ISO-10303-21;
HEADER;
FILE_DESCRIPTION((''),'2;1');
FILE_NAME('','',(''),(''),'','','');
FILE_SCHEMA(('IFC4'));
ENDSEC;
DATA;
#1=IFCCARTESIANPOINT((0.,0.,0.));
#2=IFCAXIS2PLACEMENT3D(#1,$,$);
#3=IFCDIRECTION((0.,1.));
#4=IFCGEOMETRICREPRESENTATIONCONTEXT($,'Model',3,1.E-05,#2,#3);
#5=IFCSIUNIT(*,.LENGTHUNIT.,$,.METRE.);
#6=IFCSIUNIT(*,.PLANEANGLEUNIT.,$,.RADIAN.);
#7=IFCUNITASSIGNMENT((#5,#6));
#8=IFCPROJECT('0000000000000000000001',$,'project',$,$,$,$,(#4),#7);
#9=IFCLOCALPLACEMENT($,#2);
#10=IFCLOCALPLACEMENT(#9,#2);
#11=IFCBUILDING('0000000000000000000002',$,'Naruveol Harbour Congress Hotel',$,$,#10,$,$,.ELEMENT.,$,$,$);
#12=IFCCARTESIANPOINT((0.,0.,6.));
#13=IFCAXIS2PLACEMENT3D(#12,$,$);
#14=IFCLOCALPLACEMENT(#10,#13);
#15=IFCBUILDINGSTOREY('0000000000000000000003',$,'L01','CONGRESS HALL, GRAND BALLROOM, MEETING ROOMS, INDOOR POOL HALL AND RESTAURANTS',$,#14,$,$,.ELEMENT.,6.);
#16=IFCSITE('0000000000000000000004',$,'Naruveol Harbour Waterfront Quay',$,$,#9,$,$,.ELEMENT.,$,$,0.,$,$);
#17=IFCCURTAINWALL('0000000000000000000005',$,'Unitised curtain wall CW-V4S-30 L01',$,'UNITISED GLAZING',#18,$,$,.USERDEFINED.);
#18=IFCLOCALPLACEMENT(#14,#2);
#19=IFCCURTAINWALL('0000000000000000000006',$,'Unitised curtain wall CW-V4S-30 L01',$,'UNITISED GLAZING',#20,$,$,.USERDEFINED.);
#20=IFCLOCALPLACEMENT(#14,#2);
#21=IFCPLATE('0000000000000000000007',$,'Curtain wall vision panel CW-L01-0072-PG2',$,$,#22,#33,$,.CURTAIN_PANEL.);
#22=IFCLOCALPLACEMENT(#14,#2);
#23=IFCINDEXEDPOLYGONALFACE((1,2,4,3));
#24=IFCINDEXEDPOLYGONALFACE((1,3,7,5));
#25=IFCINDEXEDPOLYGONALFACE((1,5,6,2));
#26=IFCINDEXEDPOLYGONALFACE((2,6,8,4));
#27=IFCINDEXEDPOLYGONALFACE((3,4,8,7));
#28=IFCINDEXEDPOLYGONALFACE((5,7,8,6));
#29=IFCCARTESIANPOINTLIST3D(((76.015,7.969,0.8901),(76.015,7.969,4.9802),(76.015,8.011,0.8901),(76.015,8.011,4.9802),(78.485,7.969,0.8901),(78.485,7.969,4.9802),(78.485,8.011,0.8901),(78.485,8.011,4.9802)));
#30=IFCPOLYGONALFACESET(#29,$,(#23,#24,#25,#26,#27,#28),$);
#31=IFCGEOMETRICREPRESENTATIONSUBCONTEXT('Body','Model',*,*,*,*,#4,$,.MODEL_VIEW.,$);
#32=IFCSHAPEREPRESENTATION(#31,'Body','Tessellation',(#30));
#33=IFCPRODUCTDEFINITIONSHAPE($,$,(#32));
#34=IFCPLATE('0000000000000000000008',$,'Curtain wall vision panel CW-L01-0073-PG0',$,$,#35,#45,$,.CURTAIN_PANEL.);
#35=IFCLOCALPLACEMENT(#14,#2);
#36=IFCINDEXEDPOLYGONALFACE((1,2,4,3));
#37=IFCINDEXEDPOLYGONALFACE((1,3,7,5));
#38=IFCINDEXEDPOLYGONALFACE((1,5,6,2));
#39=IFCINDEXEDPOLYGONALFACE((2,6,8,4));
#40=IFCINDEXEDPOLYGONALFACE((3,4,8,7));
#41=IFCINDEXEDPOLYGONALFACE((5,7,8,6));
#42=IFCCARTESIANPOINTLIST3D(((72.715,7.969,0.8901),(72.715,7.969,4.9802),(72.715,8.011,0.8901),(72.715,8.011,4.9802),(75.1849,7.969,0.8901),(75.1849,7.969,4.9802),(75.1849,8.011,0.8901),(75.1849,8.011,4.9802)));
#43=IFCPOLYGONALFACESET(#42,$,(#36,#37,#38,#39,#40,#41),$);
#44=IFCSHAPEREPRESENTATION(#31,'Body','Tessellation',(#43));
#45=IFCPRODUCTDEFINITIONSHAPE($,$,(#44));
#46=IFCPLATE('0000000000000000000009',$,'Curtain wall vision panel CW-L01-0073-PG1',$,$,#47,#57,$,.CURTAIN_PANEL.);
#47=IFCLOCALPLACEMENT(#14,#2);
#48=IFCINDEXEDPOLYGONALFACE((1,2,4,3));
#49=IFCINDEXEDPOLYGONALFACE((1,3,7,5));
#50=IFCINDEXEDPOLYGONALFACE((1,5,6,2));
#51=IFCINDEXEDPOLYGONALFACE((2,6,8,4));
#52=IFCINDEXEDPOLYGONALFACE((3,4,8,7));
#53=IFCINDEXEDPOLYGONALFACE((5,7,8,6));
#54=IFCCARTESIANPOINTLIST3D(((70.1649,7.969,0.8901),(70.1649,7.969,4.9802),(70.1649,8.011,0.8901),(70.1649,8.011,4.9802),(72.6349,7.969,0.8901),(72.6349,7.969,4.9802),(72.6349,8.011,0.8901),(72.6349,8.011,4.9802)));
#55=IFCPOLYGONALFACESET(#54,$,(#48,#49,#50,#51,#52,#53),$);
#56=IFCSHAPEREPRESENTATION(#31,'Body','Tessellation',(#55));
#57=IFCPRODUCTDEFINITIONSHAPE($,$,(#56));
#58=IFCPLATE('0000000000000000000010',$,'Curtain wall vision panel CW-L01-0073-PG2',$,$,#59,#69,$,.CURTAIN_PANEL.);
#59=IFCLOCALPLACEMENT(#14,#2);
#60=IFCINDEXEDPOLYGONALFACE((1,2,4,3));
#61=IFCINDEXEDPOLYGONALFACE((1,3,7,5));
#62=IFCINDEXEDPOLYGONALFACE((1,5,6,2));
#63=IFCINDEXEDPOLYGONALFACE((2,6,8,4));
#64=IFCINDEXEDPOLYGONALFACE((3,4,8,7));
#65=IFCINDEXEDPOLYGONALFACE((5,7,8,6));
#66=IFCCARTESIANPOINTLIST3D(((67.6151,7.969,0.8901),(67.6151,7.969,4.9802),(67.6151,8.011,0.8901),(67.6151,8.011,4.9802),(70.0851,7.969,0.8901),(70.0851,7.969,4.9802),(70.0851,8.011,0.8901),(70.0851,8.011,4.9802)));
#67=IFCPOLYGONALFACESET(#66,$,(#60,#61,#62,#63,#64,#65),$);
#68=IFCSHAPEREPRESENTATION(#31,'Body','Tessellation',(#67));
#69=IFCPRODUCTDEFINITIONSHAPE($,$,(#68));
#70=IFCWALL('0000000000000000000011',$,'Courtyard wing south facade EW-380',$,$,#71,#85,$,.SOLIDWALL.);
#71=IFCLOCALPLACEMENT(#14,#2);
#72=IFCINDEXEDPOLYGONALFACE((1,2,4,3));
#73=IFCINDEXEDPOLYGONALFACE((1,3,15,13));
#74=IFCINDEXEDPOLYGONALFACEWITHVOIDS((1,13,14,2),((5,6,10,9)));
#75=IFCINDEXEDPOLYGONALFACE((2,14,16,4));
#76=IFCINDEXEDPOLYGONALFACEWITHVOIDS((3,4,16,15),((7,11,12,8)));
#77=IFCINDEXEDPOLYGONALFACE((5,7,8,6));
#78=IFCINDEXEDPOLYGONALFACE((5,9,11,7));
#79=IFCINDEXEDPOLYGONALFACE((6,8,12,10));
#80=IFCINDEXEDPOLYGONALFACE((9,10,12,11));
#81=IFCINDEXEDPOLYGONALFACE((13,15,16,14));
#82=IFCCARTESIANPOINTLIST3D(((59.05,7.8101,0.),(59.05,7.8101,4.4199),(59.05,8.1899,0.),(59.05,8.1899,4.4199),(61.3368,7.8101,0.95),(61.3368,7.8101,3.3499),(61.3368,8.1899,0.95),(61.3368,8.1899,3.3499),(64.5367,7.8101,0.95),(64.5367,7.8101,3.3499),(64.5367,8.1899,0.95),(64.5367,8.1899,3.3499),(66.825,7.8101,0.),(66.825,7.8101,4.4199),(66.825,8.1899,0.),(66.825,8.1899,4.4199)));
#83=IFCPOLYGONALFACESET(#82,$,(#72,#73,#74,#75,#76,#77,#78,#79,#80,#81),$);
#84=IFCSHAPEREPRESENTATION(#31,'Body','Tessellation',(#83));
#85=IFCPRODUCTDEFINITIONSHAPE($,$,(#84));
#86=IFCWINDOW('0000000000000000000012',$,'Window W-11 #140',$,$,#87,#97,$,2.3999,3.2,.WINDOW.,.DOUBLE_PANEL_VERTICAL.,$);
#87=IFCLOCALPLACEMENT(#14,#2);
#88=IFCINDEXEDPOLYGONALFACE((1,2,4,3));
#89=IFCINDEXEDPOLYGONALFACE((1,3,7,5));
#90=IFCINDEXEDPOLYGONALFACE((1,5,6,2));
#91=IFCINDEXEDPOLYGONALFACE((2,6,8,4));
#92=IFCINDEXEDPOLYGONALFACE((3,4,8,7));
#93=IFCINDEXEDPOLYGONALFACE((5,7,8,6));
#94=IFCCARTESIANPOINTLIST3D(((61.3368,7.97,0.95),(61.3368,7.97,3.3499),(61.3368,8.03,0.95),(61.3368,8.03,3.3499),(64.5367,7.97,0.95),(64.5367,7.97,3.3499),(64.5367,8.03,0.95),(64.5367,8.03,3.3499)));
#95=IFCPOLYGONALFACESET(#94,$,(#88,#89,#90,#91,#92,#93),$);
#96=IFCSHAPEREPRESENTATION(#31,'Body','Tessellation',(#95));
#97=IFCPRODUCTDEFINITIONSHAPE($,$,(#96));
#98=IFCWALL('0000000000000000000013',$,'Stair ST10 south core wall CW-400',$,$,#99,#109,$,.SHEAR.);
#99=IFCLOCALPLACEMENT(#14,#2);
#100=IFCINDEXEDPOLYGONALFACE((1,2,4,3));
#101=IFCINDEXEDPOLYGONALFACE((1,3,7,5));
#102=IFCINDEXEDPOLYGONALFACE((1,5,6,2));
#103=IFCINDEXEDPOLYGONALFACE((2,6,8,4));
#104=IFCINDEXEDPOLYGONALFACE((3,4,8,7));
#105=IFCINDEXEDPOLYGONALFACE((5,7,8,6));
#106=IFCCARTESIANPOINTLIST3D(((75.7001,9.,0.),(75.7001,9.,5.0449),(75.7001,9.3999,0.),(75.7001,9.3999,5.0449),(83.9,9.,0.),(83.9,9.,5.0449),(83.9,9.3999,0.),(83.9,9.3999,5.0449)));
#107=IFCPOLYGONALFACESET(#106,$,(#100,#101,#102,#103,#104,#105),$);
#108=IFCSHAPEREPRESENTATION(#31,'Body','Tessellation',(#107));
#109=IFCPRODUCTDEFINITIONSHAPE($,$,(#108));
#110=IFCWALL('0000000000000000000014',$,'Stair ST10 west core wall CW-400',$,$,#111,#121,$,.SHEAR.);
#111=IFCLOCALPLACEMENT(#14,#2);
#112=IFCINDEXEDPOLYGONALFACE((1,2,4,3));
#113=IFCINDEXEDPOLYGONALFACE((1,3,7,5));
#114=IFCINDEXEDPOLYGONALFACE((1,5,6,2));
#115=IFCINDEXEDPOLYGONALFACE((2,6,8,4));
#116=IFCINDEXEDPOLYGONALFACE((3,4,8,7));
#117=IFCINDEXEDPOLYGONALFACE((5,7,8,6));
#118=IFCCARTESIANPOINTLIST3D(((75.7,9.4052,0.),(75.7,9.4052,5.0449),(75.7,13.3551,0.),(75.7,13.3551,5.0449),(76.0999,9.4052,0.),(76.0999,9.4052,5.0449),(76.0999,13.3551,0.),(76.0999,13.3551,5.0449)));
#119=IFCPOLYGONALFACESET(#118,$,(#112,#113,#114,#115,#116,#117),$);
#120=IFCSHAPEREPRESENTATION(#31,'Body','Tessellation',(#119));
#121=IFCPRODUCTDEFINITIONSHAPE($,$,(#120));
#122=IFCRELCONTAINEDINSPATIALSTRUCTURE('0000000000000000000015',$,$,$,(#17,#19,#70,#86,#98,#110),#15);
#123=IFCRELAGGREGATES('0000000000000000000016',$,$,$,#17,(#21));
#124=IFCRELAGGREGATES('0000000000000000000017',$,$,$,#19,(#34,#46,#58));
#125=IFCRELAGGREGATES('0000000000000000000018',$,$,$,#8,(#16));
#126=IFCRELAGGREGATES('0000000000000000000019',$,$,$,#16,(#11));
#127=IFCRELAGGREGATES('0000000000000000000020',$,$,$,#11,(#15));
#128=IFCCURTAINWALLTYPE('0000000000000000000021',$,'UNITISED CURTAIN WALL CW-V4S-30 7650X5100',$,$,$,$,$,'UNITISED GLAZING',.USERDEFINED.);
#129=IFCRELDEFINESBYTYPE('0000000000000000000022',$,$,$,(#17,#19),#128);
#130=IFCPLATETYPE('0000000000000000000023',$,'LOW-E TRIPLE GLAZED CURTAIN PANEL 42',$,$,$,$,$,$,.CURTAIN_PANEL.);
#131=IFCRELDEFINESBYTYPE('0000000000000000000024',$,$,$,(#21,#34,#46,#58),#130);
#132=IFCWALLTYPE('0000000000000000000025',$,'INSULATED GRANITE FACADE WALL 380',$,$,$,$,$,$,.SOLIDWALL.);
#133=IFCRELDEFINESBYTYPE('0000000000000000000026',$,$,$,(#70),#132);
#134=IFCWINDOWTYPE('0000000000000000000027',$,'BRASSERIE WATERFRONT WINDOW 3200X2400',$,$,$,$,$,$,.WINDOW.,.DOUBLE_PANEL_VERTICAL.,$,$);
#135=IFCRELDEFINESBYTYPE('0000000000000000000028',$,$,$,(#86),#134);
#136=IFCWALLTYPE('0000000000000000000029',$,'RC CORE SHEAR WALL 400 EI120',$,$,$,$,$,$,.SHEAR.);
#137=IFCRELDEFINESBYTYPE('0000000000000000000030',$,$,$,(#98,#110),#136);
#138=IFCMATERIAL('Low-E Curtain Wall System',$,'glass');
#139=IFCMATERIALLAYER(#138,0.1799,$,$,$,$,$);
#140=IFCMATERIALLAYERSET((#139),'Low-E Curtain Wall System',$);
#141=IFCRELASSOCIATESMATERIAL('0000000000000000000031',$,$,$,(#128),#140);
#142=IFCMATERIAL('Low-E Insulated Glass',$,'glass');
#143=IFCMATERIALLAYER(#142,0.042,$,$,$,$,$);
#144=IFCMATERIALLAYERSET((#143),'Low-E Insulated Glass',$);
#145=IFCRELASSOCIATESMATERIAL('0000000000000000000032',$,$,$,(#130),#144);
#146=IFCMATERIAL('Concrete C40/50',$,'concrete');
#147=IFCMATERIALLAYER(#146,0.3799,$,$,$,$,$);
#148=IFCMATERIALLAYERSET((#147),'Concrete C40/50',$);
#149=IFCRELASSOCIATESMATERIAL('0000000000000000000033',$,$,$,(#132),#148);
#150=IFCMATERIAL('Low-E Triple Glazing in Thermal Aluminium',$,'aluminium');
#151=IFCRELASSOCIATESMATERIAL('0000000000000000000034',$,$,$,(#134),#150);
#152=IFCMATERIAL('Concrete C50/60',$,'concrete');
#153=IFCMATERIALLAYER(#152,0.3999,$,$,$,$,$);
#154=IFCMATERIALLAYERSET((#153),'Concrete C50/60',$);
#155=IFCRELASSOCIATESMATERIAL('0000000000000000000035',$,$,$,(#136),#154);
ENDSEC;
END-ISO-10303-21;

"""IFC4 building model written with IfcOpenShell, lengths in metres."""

from ifc_helpers import new_model, si_unit, direction, frame, frame_2d, origin, origin_2d, place, context, subcontext, project, spatial, rectangle, extrude, material, layer, layer_set, type_object, element, fill, aggregate, save


model = new_model("IFC4")

# Units and contexts
model_context = context("Model", 3, precision=1e-05, world=origin(), true_north=direction((0.0, 1.0)))
body_context = subcontext(model_context, "Body", "Model", "MODEL_VIEW")
ifc_project = project(units=[si_unit("LENGTHUNIT", "METRE"), si_unit("PLANEANGLEUNIT", "RADIAN")], contexts=[model_context])

# Site, building, storey
site_placement = place(None, origin())
site = spatial("IfcSite", under=ifc_project, at=site_placement, Name="Naruveol Harbour Waterfront Quay", CompositionType="ELEMENT", RefElevation=0.0)
building_placement = place(site_placement, origin())
building = spatial("IfcBuilding", under=site, at=building_placement, Name="Naruveol Harbour Congress Hotel", CompositionType="ELEMENT")
storey_placement = place(building_placement, frame((0.0, 0.0, 6.0)))
storey = spatial("IfcBuildingStorey", under=building, at=storey_placement, Name="L01", Description="CONGRESS HALL, GRAND BALLROOM, MEETING ROOMS, INDOOR POOL HALL AND RESTAURANTS", CompositionType="ELEMENT", Elevation=6.0)

# Curtain wall
ifc_material_1 = material(Name="Low-E Curtain Wall System", Category="glass")
ifc_layer_1 = layer(ifc_material_1, 0.1799)
ifc_layer_set_1 = layer_set([ifc_layer_1], Name="Low-E Curtain Wall System")
curtain_wall_type = type_object("IfcCurtainWallType", Name="UNITISED CURTAIN WALL CW-V4S-30 7650X5100", ElementType="UNITISED GLAZING", PredefinedType="USERDEFINED", material=ifc_layer_set_1)
curtain_wall_1_placement = place(storey_placement, origin())
curtain_wall_1 = element("IfcCurtainWall", 1, at=curtain_wall_1_placement, inside=storey, type_object=curtain_wall_type, Name="Unitised curtain wall CW-V4S-30 L01", ObjectType="UNITISED GLAZING", PredefinedType="USERDEFINED")

# Curtain wall
curtain_wall_2_placement = place(storey_placement, origin())
curtain_wall_2 = element("IfcCurtainWall", 2, at=curtain_wall_2_placement, inside=storey, type_object=curtain_wall_type, Name="Unitised curtain wall CW-V4S-30 L01", ObjectType="UNITISED GLAZING", PredefinedType="USERDEFINED")

# Plates
ifc_material_2 = material(Name="Low-E Insulated Glass", Category="glass")
ifc_layer_2 = layer(ifc_material_2, 0.042)
ifc_layer_set_2 = layer_set([ifc_layer_2], Name="Low-E Insulated Glass")
plate_type_1 = type_object("IfcPlateType", Name="LOW-E TRIPLE GLAZED CURTAIN PANEL 42", PredefinedType="CURTAIN_PANEL", material=ifc_layer_set_2)
plate_1_placement = place(storey_placement, frame((77.25, 7.99, 0.8901), z_axis=(0.0, 0.0, 1.0), x_axis=(-1.0, 0.0, 0.0)))
plate_1 = element("IfcPlate", 3, at=plate_1_placement, type_object=plate_type_1, Name="Curtain wall vision panel CW-L01-0072-PG2", PredefinedType="CURTAIN_PANEL", context=body_context, shape_type="SweptSolid", body=[
    extrude(rectangle(XDim=2.47, YDim=0.042, at=origin_2d()), origin(), (0.0, 0.0, 1.0), 4.0901),
])
aggregate(curtain_wall_1, [plate_1])
plate_2_placement = place(storey_placement, frame((73.95, 7.99, 0.8901), z_axis=(0.0, 0.0, 1.0), x_axis=(-1.0, 0.0, 0.0)))
plate_2 = element("IfcPlate", 4, at=plate_2_placement, type_object=plate_type_1, Name="Curtain wall vision panel CW-L01-0073-PG0", PredefinedType="CURTAIN_PANEL", context=body_context, shape_type="SweptSolid", body=[
    extrude(rectangle(XDim=2.47, YDim=0.042, at=origin_2d()), origin(), (0.0, 0.0, 1.0), 4.0901),
])
plate_3_placement = place(storey_placement, frame((71.3999, 7.99, 0.8901), z_axis=(0.0, 0.0, 1.0), x_axis=(-1.0, 0.0, 0.0)))
plate_3 = element("IfcPlate", 5, at=plate_3_placement, type_object=plate_type_1, Name="Curtain wall vision panel CW-L01-0073-PG1", PredefinedType="CURTAIN_PANEL", context=body_context, shape_type="SweptSolid", body=[
    extrude(rectangle(XDim=2.47, YDim=0.042, at=origin_2d()), origin(), (0.0, 0.0, 1.0), 4.0901),
])
plate_4_placement = place(storey_placement, frame((68.8501, 7.99, 0.8901), z_axis=(0.0, 0.0, 1.0), x_axis=(-1.0, 0.0, 0.0)))
plate_4 = element("IfcPlate", 6, at=plate_4_placement, type_object=plate_type_1, Name="Curtain wall vision panel CW-L01-0073-PG2", PredefinedType="CURTAIN_PANEL", context=body_context, shape_type="SweptSolid", body=[
    extrude(rectangle(XDim=2.47, YDim=0.042, at=origin_2d()), origin(), (0.0, 0.0, 1.0), 4.0901),
])
aggregate(curtain_wall_2, [plate_2, plate_3, plate_4])

# Wall, opening, window
ifc_material_3 = material(Name="Concrete C40/50", Category="concrete")
ifc_layer_3 = layer(ifc_material_3, 0.3799)
ifc_layer_set_3 = layer_set([ifc_layer_3], Name="Concrete C40/50")
wall_type_1 = type_object("IfcWallType", Name="INSULATED GRANITE FACADE WALL 380", PredefinedType="SOLIDWALL", material=ifc_layer_set_3)
wall_1_placement = place(storey_placement, frame((66.825, 8.0, 0.0), z_axis=(0.0, 0.0, 1.0), x_axis=(-1.0, 0.0, 0.0)))
wall_1 = element("IfcWall", 7, at=wall_1_placement, inside=storey, type_object=wall_type_1, Name="Courtyard wing south facade EW-380", PredefinedType="SOLIDWALL", context=body_context, shape_type="SweptSolid", body=[
    extrude(rectangle(XDim=7.7749, YDim=0.3799, at=frame_2d((3.8875, 0.0))), origin(), (0.0, 0.0, 1.0), 4.4199),
])
opening_placement = place(wall_1_placement, frame((2.2881, 0.0, 0.95)))
opening = element("IfcOpeningElement", 8, at=opening_placement, cuts=wall_1, PredefinedType="OPENING", context=body_context, shape_type="SweptSolid", body=[
    extrude(rectangle(XDim=3.2, YDim=2.3999, at=frame_2d((1.6001, 1.2))), frame((0.0, 0.2, 0.0), z_axis=(0.0, -1.0, 0.0), x_axis=(1.0, 0.0, 0.0)), (0.0, 0.0, 1.0), 0.3999),
])
ifc_material_4 = material(Name="Low-E Triple Glazing in Thermal Aluminium", Category="aluminium")
window_type = type_object("IfcWindowType", Name="BRASSERIE WATERFRONT WINDOW 3200X2400", PartitioningType="DOUBLE_PANEL_VERTICAL", PredefinedType="WINDOW", material=ifc_material_4)
window_placement = place(opening_placement, origin())
window = element("IfcWindow", 9, at=window_placement, inside=storey, type_object=window_type, Name="Window W-11 #140", OverallHeight=2.3999, OverallWidth=3.2, PartitioningType="DOUBLE_PANEL_VERTICAL", PredefinedType="WINDOW", context=body_context, shape_type="SweptSolid", body=[
    extrude(rectangle(XDim=3.2, YDim=2.3999, at=frame_2d((1.6001, 1.2))), frame((0.0, 0.03, 0.0), z_axis=(0.0, -1.0, 0.0), x_axis=(1.0, 0.0, 0.0)), (0.0, 0.0, 1.0), 0.0601),
])
fill(opening, window)

# Walls
ifc_material_5 = material(Name="Concrete C50/60", Category="concrete")
ifc_layer_4 = layer(ifc_material_5, 0.3999)
ifc_layer_set_4 = layer_set([ifc_layer_4], Name="Concrete C50/60")
wall_type_2 = type_object("IfcWallType", Name="RC CORE SHEAR WALL 400 EI120", PredefinedType="SHEAR", material=ifc_layer_set_4)
wall_2_placement = place(storey_placement, frame((75.7, 9.2, 0.0), z_axis=(0.0, 0.0, 1.0), x_axis=(1.0, 0.0, 0.0)))
element("IfcWall", 10, at=wall_2_placement, inside=storey, type_object=wall_type_2, Name="Stair ST10 south core wall CW-400", PredefinedType="SHEAR", context=body_context, shape_type="SweptSolid", body=[
    extrude(rectangle(XDim=8.2, YDim=0.3999, at=frame_2d((4.1001, 0.0))), origin(), (0.0, 0.0, 1.0), 5.0449),
])
wall_3_placement = place(storey_placement, frame((75.8999, 9.405, 0.0), z_axis=(0.0, 0.0, 1.0), x_axis=(0.0, 1.0, 0.0)))
element("IfcWall", 11, at=wall_3_placement, inside=storey, type_object=wall_type_2, Name="Stair ST10 west core wall CW-400", PredefinedType="SHEAR", context=body_context, shape_type="SweptSolid", body=[
    extrude(rectangle(XDim=3.95, YDim=0.3999, at=frame_2d((1.9751, 0.0))), origin(), (0.0, 0.0, 1.0), 5.0449),
])

save(model, "model.ifc")
